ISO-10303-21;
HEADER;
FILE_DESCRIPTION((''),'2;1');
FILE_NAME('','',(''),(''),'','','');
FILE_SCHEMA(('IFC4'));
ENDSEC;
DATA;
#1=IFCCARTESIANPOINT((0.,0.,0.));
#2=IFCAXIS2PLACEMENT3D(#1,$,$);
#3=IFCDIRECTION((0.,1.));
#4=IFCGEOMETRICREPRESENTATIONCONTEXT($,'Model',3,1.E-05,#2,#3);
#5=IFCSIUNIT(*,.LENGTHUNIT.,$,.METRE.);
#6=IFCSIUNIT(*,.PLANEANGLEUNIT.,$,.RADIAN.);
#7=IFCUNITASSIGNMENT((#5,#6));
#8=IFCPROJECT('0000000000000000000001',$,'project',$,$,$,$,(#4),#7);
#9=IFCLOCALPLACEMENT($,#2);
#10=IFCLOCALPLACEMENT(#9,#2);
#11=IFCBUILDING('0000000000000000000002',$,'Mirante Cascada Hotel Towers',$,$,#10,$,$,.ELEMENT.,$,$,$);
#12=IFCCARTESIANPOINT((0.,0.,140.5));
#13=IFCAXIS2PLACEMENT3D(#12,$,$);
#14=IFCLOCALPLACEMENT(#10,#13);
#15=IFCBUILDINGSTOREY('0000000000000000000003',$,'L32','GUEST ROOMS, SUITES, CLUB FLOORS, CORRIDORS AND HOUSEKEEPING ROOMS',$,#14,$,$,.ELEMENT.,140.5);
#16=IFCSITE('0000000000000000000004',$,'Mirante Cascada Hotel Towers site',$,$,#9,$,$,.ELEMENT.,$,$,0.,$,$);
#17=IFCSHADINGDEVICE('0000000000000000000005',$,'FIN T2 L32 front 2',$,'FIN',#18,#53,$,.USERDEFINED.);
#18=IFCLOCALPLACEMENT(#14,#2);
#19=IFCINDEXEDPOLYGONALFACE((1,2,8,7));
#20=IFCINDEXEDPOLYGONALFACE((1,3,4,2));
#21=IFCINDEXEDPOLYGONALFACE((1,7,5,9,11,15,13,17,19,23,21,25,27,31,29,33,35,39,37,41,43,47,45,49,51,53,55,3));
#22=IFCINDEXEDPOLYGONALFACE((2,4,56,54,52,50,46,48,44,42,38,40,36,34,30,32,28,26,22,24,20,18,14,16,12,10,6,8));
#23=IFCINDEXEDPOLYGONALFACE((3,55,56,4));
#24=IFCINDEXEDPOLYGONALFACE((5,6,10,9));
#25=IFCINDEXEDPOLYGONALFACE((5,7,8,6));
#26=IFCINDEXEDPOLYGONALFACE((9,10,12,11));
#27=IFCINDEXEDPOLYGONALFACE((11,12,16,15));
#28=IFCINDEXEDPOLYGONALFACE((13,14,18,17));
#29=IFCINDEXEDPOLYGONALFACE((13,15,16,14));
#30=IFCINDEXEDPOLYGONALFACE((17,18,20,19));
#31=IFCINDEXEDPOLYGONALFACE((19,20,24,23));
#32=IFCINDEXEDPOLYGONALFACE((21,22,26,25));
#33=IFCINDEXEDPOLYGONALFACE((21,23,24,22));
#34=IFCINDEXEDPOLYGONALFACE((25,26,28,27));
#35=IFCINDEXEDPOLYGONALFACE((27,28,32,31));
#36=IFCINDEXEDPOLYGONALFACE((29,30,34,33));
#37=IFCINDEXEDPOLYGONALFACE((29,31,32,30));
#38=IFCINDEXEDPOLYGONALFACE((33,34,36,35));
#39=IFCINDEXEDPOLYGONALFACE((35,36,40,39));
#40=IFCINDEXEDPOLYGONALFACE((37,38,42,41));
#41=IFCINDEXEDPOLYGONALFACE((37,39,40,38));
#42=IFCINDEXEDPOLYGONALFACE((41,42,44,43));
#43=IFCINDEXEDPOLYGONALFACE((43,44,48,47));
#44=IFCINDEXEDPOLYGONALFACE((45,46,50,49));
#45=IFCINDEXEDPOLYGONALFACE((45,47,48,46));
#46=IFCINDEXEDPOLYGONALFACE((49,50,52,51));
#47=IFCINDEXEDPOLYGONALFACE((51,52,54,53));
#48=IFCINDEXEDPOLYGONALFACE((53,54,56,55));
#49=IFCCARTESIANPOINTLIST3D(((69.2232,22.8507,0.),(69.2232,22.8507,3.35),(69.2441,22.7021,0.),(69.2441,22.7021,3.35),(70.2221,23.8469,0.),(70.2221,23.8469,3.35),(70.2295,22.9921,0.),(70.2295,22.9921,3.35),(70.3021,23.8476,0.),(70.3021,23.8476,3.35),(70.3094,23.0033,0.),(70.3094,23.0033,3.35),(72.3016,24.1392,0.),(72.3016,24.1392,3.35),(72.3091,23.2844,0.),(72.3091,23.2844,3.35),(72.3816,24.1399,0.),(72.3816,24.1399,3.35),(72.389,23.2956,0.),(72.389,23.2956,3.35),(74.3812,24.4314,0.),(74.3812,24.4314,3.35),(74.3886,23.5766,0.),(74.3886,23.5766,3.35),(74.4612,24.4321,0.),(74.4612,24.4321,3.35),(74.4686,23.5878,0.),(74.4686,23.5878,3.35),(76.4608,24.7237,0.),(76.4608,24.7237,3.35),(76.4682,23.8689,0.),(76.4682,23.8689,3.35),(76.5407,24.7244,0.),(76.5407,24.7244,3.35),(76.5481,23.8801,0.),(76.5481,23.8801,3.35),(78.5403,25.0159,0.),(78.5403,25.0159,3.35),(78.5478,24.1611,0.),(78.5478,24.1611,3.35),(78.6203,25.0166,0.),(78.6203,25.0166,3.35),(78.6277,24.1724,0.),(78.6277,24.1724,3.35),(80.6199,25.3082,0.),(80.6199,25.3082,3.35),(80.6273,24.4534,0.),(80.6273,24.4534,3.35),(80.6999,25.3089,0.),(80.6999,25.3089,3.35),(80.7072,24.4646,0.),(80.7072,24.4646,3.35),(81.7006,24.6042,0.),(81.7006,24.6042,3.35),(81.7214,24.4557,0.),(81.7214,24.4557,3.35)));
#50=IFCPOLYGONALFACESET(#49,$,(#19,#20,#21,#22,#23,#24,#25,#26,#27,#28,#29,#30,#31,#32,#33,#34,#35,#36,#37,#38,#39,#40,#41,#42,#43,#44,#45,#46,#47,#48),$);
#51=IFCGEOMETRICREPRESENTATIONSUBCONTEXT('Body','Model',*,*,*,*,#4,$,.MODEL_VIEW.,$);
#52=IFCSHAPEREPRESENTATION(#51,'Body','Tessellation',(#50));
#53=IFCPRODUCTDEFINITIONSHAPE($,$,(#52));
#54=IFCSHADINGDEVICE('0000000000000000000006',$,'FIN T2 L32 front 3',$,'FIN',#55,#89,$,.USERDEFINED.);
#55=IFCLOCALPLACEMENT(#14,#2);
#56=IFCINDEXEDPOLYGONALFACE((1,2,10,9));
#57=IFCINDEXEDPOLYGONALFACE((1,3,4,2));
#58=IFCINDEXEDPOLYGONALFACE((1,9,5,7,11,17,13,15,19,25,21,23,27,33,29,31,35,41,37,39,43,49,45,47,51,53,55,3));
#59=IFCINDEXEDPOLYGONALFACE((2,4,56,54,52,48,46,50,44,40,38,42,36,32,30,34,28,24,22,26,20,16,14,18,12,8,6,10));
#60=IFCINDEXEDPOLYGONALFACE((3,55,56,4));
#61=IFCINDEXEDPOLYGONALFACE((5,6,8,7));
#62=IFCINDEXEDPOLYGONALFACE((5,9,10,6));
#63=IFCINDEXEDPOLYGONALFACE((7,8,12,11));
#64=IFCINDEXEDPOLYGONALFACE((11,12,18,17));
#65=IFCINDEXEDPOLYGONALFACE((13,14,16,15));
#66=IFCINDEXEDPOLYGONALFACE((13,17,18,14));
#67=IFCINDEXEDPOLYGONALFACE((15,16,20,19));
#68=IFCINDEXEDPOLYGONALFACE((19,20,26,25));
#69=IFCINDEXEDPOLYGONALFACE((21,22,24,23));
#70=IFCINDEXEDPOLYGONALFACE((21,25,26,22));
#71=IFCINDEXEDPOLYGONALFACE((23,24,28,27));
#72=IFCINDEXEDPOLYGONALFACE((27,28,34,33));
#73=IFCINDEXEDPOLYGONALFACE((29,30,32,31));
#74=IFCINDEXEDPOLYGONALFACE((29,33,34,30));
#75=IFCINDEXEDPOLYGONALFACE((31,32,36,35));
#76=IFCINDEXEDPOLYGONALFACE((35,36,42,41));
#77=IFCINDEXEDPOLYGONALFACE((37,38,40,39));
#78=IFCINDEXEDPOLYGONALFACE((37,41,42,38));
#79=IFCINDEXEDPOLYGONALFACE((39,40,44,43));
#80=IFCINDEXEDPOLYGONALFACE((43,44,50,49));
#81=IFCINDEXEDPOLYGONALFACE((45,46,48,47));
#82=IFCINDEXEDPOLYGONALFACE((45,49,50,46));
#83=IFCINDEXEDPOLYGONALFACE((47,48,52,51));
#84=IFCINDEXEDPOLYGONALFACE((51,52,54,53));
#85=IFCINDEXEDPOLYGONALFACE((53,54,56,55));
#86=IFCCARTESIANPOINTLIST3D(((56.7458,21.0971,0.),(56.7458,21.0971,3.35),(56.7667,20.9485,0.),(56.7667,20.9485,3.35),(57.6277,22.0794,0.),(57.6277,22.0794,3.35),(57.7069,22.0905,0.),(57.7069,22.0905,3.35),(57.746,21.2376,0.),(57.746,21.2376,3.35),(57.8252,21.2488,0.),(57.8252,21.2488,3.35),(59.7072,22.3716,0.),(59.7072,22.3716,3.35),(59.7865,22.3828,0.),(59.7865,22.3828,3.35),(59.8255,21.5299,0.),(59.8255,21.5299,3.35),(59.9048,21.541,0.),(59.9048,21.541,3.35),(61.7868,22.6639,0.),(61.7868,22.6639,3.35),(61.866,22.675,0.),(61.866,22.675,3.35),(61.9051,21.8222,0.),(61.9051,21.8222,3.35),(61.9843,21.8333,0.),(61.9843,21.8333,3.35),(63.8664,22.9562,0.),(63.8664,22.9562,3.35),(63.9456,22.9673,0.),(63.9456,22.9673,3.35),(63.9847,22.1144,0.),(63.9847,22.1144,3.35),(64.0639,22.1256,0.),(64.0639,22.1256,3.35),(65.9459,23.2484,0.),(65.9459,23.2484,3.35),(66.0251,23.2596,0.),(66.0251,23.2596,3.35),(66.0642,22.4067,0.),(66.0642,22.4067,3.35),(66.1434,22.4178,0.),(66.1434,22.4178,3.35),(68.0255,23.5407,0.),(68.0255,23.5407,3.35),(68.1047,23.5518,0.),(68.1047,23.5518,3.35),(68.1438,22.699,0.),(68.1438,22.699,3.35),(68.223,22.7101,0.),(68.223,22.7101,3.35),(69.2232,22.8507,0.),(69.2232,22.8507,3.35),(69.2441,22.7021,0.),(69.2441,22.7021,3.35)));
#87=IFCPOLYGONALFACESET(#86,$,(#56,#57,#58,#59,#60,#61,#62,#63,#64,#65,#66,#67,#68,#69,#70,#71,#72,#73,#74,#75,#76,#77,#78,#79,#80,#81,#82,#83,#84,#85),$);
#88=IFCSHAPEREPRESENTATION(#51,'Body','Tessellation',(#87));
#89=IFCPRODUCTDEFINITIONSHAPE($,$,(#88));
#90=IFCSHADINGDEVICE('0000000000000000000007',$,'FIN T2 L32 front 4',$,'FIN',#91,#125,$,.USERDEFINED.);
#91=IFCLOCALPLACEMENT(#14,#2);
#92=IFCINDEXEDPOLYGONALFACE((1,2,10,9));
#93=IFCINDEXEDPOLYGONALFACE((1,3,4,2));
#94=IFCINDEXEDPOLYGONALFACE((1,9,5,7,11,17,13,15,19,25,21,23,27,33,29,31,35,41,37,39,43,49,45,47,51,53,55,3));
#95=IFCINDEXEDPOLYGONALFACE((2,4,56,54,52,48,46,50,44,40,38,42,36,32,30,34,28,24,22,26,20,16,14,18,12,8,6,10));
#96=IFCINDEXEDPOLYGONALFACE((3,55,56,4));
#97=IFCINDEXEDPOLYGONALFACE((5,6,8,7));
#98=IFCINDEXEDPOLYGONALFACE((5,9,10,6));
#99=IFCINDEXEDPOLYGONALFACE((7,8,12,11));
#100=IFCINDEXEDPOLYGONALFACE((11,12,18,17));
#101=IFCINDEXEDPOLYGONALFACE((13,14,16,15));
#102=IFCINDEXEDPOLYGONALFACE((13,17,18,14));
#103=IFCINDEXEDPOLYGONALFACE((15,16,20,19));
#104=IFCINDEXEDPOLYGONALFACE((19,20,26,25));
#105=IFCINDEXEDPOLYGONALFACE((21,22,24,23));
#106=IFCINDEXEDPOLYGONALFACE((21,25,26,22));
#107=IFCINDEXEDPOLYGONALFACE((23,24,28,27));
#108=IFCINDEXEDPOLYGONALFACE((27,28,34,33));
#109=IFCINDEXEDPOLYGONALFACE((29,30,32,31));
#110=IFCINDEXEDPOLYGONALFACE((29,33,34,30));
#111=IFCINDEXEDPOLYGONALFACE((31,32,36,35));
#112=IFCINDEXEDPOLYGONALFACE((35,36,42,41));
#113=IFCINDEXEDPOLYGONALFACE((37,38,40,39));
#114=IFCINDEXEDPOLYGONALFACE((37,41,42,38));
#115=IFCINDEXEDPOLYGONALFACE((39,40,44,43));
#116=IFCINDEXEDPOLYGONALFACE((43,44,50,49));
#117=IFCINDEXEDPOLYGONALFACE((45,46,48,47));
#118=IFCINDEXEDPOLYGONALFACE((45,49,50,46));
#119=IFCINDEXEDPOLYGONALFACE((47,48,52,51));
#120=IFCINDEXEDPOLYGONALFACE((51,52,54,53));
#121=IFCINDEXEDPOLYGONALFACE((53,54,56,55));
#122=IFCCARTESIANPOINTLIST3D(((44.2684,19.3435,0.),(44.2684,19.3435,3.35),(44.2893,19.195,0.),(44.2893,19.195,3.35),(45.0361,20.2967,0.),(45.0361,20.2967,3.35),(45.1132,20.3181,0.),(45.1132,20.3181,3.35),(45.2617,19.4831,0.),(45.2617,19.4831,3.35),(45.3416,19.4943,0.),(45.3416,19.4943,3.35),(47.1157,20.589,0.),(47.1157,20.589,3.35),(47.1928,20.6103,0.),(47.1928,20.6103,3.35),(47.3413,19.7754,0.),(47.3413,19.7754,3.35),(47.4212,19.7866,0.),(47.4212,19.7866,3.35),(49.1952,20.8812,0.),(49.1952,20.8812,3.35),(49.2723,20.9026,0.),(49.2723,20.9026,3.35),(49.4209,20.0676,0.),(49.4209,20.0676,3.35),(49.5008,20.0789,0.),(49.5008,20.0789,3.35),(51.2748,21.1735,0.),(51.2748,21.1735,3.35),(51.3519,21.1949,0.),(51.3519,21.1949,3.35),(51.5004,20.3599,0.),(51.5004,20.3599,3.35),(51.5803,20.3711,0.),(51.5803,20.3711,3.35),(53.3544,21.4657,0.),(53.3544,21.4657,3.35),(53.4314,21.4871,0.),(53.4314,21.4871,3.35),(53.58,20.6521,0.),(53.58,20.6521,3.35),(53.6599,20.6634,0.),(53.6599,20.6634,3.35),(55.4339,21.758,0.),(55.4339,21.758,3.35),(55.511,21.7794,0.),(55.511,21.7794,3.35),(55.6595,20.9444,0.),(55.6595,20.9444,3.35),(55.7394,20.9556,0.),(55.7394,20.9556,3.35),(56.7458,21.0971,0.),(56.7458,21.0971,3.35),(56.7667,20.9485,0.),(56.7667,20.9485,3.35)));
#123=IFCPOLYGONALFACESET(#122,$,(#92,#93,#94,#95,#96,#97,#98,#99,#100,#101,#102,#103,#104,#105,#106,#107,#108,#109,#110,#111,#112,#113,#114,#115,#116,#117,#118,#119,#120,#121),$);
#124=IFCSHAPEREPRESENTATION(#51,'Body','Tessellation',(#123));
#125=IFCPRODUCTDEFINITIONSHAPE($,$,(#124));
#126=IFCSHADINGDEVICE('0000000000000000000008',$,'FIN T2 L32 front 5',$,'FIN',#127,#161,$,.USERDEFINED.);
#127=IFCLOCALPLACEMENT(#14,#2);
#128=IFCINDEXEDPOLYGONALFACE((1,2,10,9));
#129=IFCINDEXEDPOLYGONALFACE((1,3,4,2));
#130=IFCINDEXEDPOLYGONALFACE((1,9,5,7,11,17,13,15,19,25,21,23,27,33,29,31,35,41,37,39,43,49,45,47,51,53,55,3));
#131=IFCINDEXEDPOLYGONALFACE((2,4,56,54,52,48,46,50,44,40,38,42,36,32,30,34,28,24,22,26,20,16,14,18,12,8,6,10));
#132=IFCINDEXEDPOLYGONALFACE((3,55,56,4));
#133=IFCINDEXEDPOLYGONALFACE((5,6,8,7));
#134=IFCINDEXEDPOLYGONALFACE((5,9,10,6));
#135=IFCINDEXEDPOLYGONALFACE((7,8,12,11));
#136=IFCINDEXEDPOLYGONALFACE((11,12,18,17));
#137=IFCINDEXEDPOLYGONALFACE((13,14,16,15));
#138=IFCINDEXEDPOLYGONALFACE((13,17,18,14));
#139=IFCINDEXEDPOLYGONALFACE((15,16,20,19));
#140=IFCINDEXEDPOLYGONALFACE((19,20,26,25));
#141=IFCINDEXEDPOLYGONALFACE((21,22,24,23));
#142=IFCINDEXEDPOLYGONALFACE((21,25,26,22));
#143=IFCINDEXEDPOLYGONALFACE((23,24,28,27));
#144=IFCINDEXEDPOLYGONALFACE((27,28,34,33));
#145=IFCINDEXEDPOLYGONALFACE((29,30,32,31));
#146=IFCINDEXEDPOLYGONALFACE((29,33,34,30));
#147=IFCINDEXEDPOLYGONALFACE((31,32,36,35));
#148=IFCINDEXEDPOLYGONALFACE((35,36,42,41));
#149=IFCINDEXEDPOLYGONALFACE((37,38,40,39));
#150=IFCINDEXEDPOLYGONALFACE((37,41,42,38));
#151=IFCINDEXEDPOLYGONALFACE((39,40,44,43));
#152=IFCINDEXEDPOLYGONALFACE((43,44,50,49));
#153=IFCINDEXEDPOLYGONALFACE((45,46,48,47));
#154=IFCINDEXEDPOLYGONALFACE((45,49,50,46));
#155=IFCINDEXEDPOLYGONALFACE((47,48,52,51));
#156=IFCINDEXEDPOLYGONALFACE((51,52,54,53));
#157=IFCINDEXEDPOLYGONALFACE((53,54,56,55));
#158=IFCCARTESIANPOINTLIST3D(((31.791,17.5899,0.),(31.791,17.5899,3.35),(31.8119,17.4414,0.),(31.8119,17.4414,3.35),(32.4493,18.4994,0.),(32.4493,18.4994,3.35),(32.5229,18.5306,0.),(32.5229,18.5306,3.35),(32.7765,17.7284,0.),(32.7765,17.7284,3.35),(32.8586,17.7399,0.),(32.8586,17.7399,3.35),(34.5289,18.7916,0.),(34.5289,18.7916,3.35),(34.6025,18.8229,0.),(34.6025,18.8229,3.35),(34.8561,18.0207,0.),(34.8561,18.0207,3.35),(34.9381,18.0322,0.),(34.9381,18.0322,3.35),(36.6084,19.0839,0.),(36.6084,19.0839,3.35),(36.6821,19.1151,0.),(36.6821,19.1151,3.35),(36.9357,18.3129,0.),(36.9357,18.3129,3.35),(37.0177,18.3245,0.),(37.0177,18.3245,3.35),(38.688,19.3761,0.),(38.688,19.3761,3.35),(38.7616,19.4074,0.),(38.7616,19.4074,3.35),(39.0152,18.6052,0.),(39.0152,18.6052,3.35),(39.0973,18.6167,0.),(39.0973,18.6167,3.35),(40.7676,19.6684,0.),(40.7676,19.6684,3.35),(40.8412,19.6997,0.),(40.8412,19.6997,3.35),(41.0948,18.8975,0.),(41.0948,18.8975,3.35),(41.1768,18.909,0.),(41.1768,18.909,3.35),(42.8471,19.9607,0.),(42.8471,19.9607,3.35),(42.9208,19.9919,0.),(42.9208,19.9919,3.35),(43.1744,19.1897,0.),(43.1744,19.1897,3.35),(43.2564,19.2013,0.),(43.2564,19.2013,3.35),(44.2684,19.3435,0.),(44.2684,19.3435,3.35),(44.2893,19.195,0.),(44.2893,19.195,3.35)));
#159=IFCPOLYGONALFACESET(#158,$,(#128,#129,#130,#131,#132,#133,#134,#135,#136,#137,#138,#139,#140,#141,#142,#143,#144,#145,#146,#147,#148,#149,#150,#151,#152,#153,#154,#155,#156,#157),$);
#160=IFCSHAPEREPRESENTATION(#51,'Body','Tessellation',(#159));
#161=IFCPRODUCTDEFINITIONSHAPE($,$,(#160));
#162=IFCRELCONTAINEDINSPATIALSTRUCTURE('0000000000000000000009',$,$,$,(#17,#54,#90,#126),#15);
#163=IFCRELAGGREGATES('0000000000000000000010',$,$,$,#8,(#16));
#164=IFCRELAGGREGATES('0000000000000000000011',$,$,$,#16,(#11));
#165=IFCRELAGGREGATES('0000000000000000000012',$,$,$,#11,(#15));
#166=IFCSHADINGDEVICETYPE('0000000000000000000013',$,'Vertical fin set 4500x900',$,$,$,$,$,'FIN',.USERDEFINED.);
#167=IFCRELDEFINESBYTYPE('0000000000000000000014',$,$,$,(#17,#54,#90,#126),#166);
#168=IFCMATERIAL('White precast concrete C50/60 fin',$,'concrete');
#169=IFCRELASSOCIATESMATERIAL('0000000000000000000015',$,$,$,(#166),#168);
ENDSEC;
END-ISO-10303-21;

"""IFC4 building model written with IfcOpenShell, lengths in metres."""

from ifc_helpers import new_model, si_unit, direction, frame, origin, place, context, subcontext, project, spatial, polyline, outline, extrude, material, type_object, element, save


model = new_model("IFC4")

# Units and contexts
model_context = context("Model", 3, precision=1e-05, world=origin(), true_north=direction((0.0, 1.0)))
body_context = subcontext(model_context, "Body", "Model", "MODEL_VIEW")
ifc_project = project(units=[si_unit("LENGTHUNIT", "METRE"), si_unit("PLANEANGLEUNIT", "RADIAN")], contexts=[model_context])

# Site, building, storey
site_placement = place(None, origin())
site = spatial("IfcSite", under=ifc_project, at=site_placement, Name="Mirante Cascada Hotel Towers site", CompositionType="ELEMENT", RefElevation=0.0)
building_placement = place(site_placement, origin())
building = spatial("IfcBuilding", under=site, at=building_placement, Name="Mirante Cascada Hotel Towers", CompositionType="ELEMENT")
storey_placement = place(building_placement, frame((0.0, 0.0, 140.5)))
storey = spatial("IfcBuildingStorey", under=building, at=storey_placement, Name="L32", Description="GUEST ROOMS, SUITES, CLUB FLOORS, CORRIDORS AND HOUSEKEEPING ROOMS", CompositionType="ELEMENT", Elevation=140.5)

# Shading devices
ifc_material_1 = material(Name="White precast concrete C50/60 fin", Category="concrete")
shading_device_type = type_object("IfcShadingDeviceType", Name="Vertical fin set 4500x900", ElementType="FIN", PredefinedType="USERDEFINED", material=ifc_material_1)
shading_device_1_placement = place(storey_placement, origin())
element("IfcShadingDevice", 1, at=shading_device_1_placement, inside=storey, type_object=shading_device_type, Name="FIN T2 L32 front 2", ObjectType="FIN", PredefinedType="USERDEFINED", context=body_context, shape_type="SweptSolid", body=[
    extrude(outline(polyline([(70.3021, 23.8476), (70.3094, 23.0033), (72.3091, 23.2844), (72.3016, 24.1392), (72.3816, 24.1399), (72.389, 23.2956), (74.3886, 23.5766), (74.3812, 24.4314), (74.4612, 24.4321), (74.4686, 23.5878), (76.4682, 23.8689), (76.4608, 24.7237), (76.5407, 24.7244), (76.5481, 23.8801), (78.5478, 24.1611), (78.5403, 25.0159), (78.6203, 25.0166), (78.6277, 24.1724), (80.6273, 24.4534), (80.6199, 25.3082), (80.6999, 25.3089), (80.7072, 24.4646), (81.7006, 24.6042), (81.7214, 24.4557), (69.2441, 22.7021), (69.2232, 22.8507), (70.2295, 22.9921), (70.2221, 23.8469), (70.3021, 23.8476)])), origin(), (0.0, 0.0, 1.0), 3.35),
])
shading_device_2_placement = place(storey_placement, origin())
element("IfcShadingDevice", 2, at=shading_device_2_placement, inside=storey, type_object=shading_device_type, Name="FIN T2 L32 front 3", ObjectType="FIN", PredefinedType="USERDEFINED", context=body_context, shape_type="SweptSolid", body=[
    extrude(outline(polyline([(57.7069, 22.0905), (57.8252, 21.2488), (59.8255, 21.5299), (59.7072, 22.3716), (59.7865, 22.3828), (59.9048, 21.541), (61.9051, 21.8222), (61.7868, 22.6639), (61.866, 22.675), (61.9843, 21.8333), (63.9847, 22.1144), (63.8664, 22.9562), (63.9456, 22.9673), (64.0639, 22.1256), (66.0642, 22.4067), (65.9459, 23.2484), (66.0251, 23.2596), (66.1434, 22.4178), (68.1438, 22.699), (68.0255, 23.5407), (68.1047, 23.5518), (68.223, 22.7101), (69.2232, 22.8507), (69.2441, 22.7021), (56.7667, 20.9485), (56.7458, 21.0971), (57.746, 21.2376), (57.6277, 22.0794), (57.7069, 22.0905)])), origin(), (0.0, 0.0, 1.0), 3.35),
])
shading_device_3_placement = place(storey_placement, origin())
element("IfcShadingDevice", 3, at=shading_device_3_placement, inside=storey, type_object=shading_device_type, Name="FIN T2 L32 front 4", ObjectType="FIN", PredefinedType="USERDEFINED", context=body_context, shape_type="SweptSolid", body=[
    extrude(outline(polyline([(45.1132, 20.3181), (45.3416, 19.4943), (47.3413, 19.7754), (47.1157, 20.589), (47.1928, 20.6103), (47.4212, 19.7866), (49.4209, 20.0676), (49.1952, 20.8812), (49.2723, 20.9026), (49.5008, 20.0789), (51.5004, 20.3599), (51.2748, 21.1735), (51.3519, 21.1949), (51.5803, 20.3711), (53.58, 20.6521), (53.3544, 21.4657), (53.4314, 21.4871), (53.6599, 20.6634), (55.6595, 20.9444), (55.4339, 21.758), (55.511, 21.7794), (55.7394, 20.9556), (56.7458, 21.0971), (56.7667, 20.9485), (44.2893, 19.195), (44.2684, 19.3435), (45.2617, 19.4831), (45.0361, 20.2967), (45.1132, 20.3181)])), origin(), (0.0, 0.0, 1.0), 3.35),
])
shading_device_4_placement = place(storey_placement, origin())
element("IfcShadingDevice", 4, at=shading_device_4_placement, inside=storey, type_object=shading_device_type, Name="FIN T2 L32 front 5", ObjectType="FIN", PredefinedType="USERDEFINED", context=body_context, shape_type="SweptSolid", body=[
    extrude(outline(polyline([(32.5229, 18.5306), (32.8586, 17.7399), (34.8561, 18.0207), (34.5289, 18.7916), (34.6025, 18.8229), (34.9381, 18.0322), (36.9357, 18.3129), (36.6084, 19.0839), (36.6821, 19.1151), (37.0177, 18.3245), (39.0152, 18.6052), (38.688, 19.3761), (38.7616, 19.4074), (39.0973, 18.6167), (41.0948, 18.8975), (40.7676, 19.6684), (40.8412, 19.6997), (41.1768, 18.909), (43.1744, 19.1897), (42.8471, 19.9607), (42.9208, 19.9919), (43.2564, 19.2013), (44.2684, 19.3435), (44.2893, 19.195), (31.8119, 17.4414), (31.791, 17.5899), (32.7765, 17.7284), (32.4493, 18.4994), (32.5229, 18.5306)])), origin(), (0.0, 0.0, 1.0), 3.35),
])

save(model, "model.ifc")
